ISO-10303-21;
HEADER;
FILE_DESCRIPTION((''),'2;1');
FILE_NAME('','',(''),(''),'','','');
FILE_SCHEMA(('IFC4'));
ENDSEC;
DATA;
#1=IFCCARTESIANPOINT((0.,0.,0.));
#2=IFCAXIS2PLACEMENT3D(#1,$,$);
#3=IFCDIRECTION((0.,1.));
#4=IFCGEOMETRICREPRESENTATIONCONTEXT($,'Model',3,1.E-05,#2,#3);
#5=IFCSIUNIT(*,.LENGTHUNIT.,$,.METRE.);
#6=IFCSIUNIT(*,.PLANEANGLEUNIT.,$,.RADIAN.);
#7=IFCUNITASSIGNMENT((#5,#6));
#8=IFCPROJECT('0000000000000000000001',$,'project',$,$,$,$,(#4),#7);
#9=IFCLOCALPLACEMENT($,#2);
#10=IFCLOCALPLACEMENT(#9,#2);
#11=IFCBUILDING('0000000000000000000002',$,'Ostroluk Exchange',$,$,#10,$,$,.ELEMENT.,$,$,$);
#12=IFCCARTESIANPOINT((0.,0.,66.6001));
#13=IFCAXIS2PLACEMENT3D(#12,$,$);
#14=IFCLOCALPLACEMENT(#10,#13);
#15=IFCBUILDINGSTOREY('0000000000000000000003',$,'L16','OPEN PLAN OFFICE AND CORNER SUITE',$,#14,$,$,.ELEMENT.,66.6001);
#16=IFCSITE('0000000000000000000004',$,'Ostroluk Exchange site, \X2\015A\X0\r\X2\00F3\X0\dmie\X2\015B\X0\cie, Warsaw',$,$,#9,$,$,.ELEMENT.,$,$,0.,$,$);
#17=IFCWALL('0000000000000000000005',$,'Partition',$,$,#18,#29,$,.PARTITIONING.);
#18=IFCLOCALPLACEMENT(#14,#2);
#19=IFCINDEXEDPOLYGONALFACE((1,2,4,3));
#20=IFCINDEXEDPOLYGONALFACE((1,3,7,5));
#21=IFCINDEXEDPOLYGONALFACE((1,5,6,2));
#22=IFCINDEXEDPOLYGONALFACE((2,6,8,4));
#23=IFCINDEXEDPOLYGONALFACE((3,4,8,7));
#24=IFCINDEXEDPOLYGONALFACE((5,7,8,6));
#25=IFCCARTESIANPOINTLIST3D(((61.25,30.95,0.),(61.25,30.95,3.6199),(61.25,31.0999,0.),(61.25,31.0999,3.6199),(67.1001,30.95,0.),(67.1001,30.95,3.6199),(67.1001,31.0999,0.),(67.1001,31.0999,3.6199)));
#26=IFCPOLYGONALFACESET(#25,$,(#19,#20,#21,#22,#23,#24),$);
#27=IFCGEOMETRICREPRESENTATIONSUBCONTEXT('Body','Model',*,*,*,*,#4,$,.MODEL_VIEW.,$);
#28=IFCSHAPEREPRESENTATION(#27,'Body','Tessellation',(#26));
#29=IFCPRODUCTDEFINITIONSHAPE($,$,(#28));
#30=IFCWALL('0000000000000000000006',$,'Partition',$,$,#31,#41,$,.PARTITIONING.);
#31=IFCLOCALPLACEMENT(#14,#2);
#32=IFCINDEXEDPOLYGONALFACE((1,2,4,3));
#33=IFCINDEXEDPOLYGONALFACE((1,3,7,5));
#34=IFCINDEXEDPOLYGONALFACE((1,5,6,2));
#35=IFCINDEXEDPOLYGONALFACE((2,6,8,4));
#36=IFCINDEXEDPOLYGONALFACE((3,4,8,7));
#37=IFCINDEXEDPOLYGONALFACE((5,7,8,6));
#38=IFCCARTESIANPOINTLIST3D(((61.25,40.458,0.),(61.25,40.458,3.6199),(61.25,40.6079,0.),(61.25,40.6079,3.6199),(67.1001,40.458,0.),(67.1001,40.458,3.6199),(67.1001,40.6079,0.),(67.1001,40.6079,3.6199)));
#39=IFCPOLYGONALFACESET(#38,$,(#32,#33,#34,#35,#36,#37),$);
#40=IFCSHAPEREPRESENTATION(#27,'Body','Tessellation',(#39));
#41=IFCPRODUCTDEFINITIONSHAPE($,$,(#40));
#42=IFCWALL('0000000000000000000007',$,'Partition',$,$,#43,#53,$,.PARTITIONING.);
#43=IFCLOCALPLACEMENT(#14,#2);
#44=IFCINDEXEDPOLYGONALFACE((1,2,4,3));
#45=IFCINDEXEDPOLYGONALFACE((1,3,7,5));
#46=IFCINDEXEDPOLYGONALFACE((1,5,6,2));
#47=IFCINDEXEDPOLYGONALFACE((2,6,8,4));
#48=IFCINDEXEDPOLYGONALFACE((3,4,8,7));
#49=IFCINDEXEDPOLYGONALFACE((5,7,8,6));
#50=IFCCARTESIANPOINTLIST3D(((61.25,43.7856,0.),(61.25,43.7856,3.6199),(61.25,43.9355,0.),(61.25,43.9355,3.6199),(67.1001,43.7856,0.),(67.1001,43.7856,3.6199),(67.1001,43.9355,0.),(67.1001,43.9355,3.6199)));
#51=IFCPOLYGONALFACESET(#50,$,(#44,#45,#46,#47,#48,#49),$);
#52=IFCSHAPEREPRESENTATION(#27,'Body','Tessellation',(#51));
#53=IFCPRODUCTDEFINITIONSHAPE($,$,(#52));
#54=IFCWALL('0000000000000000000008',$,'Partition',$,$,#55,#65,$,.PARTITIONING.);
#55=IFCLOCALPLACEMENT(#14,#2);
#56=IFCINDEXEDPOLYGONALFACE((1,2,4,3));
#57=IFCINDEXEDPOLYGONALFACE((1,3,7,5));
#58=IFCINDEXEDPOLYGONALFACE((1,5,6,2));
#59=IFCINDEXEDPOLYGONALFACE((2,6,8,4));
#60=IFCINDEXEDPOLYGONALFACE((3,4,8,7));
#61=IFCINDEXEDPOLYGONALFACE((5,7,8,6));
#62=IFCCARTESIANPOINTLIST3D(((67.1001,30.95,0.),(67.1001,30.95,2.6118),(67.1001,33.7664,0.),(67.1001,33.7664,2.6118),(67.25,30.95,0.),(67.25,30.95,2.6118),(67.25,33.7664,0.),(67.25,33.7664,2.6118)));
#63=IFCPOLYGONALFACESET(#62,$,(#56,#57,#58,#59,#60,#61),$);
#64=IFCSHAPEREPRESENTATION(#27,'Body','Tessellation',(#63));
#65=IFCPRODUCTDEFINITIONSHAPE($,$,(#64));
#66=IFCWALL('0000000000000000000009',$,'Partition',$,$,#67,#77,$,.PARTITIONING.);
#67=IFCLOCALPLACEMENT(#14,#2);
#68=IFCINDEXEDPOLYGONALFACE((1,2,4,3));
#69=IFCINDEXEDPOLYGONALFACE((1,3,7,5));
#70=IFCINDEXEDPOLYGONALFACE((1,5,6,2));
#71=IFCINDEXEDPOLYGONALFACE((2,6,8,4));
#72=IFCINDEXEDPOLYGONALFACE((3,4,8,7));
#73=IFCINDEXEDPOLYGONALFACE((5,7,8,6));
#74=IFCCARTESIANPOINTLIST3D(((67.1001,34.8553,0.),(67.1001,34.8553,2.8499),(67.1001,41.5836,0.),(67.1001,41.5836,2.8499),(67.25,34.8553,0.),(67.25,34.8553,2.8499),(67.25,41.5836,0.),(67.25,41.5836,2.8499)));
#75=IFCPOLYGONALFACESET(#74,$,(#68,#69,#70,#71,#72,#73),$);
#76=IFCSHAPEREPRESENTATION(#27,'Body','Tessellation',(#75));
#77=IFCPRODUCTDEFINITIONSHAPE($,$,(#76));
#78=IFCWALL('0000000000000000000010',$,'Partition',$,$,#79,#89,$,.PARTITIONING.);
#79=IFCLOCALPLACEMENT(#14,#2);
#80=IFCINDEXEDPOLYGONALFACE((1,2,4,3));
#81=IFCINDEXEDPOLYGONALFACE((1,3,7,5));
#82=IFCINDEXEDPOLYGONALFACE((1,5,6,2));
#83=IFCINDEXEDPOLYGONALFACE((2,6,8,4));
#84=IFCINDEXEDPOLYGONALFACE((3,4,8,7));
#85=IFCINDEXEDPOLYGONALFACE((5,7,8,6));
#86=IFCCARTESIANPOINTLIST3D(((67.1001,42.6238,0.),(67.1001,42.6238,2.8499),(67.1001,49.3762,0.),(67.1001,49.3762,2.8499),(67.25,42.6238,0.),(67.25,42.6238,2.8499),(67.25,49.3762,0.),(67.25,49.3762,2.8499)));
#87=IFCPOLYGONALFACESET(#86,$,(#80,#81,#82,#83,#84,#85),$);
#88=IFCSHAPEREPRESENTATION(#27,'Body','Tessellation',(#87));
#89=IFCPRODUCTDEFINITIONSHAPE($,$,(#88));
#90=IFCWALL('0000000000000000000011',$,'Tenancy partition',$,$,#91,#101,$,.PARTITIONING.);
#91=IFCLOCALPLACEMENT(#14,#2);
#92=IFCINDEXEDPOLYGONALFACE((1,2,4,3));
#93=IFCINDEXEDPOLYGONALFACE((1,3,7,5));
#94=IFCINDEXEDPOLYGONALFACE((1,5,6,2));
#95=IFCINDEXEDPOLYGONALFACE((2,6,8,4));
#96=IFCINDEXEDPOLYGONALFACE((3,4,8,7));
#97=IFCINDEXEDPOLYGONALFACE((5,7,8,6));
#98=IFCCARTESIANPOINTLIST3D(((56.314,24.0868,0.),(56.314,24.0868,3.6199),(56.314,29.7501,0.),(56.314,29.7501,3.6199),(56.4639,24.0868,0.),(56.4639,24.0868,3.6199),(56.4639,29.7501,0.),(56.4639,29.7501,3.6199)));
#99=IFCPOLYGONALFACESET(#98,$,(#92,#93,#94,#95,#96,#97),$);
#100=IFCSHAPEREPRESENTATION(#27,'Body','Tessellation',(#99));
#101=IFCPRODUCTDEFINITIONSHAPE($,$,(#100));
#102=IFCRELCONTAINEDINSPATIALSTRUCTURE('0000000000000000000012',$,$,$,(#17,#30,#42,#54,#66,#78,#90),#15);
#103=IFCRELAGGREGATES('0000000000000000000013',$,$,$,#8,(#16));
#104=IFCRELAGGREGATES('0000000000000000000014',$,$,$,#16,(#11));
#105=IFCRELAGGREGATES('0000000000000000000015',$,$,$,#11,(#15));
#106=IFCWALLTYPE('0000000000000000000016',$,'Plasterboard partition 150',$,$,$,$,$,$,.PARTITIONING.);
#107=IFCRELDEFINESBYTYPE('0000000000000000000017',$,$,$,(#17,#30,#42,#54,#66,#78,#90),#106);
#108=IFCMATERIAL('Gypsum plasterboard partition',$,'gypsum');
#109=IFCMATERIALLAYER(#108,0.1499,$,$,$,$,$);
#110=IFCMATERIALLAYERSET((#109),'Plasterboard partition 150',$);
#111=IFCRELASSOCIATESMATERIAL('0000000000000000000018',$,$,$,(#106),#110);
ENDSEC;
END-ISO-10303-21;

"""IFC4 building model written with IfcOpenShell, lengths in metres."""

from ifc_helpers import new_model, si_unit, direction, frame, frame_2d, origin, place, context, subcontext, project, spatial, rectangle, extrude, material, layer, layer_set, type_object, element, save


model = new_model("IFC4")

# Units and contexts
model_context = context("Model", 3, precision=1e-05, world=origin(), true_north=direction((0.0, 1.0)))
body_context = subcontext(model_context, "Body", "Model", "MODEL_VIEW")
ifc_project = project(units=[si_unit("LENGTHUNIT", "METRE"), si_unit("PLANEANGLEUNIT", "RADIAN")], contexts=[model_context])

# Site, building, storey
site_placement = place(None, origin())
site = spatial("IfcSite", under=ifc_project, at=site_placement, Name="Ostroluk Exchange site, Śródmieście, Warsaw", CompositionType="ELEMENT", RefElevation=0.0)
building_placement = place(site_placement, origin())
building = spatial("IfcBuilding", under=site, at=building_placement, Name="Ostroluk Exchange", CompositionType="ELEMENT")
storey_placement = place(building_placement, frame((0.0, 0.0, 66.6001)))
storey = spatial("IfcBuildingStorey", under=building, at=storey_placement, Name="L16", Description="OPEN PLAN OFFICE AND CORNER SUITE", CompositionType="ELEMENT", Elevation=66.6001)

# Walls
ifc_material_1 = material(Name="Gypsum plasterboard partition", Category="gypsum")
ifc_layer_1 = layer(ifc_material_1, 0.1499)
ifc_layer_set_1 = layer_set([ifc_layer_1], Name="Plasterboard partition 150")
wall_type_1 = type_object("IfcWallType", Name="Plasterboard partition 150", PredefinedType="PARTITIONING", material=ifc_layer_set_1)
for number, where, z_axis, x_axis, name in (
    (1, (61.25, 31.0249, 0.0), (0.0, 0.0, 1.0), (1.0, 0.0, 0.0), "Partition"),
    (2, (61.25, 40.533, 0.0), (0.0, 0.0, 1.0), (1.0, 0.0, 0.0), "Partition"),
    (3, (61.25, 43.8606, 0.0), (0.0, 0.0, 1.0), (1.0, 0.0, 0.0), "Partition"),
):
    element("IfcWall", number, at=place(storey_placement, frame(where, z_axis=z_axis, x_axis=x_axis)), inside=storey, type_object=wall_type_1, Name=name, PredefinedType="PARTITIONING", context=body_context, shape_type="SweptSolid", body=[
        extrude(rectangle(XDim=5.8501, YDim=0.1499, at=frame_2d((2.925, 0.0))), origin(), (0.0, 0.0, 1.0), 3.6199),
    ])
wall_1_placement = place(storey_placement, frame((67.175, 30.95, 0.0), z_axis=(0.0, 0.0, 1.0), x_axis=(0.0, 1.0, 0.0)))
element("IfcWall", 4, at=wall_1_placement, inside=storey, type_object=wall_type_1, Name="Partition", PredefinedType="PARTITIONING", context=body_context, shape_type="SweptSolid", body=[
    extrude(rectangle(XDim=2.8164, YDim=0.1499, at=frame_2d((1.4082, 0.0))), origin(), (0.0, 0.0, 1.0), 2.6118),
])
wall_2_placement = place(storey_placement, frame((67.175, 34.8552, 0.0), z_axis=(0.0, 0.0, 1.0), x_axis=(0.0, 1.0, 0.0)))
element("IfcWall", 5, at=wall_2_placement, inside=storey, type_object=wall_type_1, Name="Partition", PredefinedType="PARTITIONING", context=body_context, shape_type="SweptSolid", body=[
    extrude(rectangle(XDim=6.7283, YDim=0.1499, at=frame_2d((3.3643, 0.0))), origin(), (0.0, 0.0, 1.0), 2.8499),
])
wall_3_placement = place(storey_placement, frame((67.175, 42.6238, 0.0), z_axis=(0.0, 0.0, 1.0), x_axis=(0.0, 1.0, 0.0)))
element("IfcWall", 6, at=wall_3_placement, inside=storey, type_object=wall_type_1, Name="Partition", PredefinedType="PARTITIONING", context=body_context, shape_type="SweptSolid", body=[
    extrude(rectangle(XDim=6.7524, YDim=0.1499, at=frame_2d((3.3762, 0.0))), origin(), (0.0, 0.0, 1.0), 2.8499),
])
wall_4_placement = place(storey_placement, frame((56.3889, 29.75, 0.0), z_axis=(0.0, 0.0, 1.0), x_axis=(0.0, -1.0, 0.0)))
element("IfcWall", 7, at=wall_4_placement, inside=storey, type_object=wall_type_1, Name="Tenancy partition", PredefinedType="PARTITIONING", context=body_context, shape_type="SweptSolid", body=[
    extrude(rectangle(XDim=5.6633, YDim=0.1499, at=frame_2d((2.8315, 0.0))), origin(), (0.0, 0.0, 1.0), 3.6199),
])

save(model, "model.ifc")
